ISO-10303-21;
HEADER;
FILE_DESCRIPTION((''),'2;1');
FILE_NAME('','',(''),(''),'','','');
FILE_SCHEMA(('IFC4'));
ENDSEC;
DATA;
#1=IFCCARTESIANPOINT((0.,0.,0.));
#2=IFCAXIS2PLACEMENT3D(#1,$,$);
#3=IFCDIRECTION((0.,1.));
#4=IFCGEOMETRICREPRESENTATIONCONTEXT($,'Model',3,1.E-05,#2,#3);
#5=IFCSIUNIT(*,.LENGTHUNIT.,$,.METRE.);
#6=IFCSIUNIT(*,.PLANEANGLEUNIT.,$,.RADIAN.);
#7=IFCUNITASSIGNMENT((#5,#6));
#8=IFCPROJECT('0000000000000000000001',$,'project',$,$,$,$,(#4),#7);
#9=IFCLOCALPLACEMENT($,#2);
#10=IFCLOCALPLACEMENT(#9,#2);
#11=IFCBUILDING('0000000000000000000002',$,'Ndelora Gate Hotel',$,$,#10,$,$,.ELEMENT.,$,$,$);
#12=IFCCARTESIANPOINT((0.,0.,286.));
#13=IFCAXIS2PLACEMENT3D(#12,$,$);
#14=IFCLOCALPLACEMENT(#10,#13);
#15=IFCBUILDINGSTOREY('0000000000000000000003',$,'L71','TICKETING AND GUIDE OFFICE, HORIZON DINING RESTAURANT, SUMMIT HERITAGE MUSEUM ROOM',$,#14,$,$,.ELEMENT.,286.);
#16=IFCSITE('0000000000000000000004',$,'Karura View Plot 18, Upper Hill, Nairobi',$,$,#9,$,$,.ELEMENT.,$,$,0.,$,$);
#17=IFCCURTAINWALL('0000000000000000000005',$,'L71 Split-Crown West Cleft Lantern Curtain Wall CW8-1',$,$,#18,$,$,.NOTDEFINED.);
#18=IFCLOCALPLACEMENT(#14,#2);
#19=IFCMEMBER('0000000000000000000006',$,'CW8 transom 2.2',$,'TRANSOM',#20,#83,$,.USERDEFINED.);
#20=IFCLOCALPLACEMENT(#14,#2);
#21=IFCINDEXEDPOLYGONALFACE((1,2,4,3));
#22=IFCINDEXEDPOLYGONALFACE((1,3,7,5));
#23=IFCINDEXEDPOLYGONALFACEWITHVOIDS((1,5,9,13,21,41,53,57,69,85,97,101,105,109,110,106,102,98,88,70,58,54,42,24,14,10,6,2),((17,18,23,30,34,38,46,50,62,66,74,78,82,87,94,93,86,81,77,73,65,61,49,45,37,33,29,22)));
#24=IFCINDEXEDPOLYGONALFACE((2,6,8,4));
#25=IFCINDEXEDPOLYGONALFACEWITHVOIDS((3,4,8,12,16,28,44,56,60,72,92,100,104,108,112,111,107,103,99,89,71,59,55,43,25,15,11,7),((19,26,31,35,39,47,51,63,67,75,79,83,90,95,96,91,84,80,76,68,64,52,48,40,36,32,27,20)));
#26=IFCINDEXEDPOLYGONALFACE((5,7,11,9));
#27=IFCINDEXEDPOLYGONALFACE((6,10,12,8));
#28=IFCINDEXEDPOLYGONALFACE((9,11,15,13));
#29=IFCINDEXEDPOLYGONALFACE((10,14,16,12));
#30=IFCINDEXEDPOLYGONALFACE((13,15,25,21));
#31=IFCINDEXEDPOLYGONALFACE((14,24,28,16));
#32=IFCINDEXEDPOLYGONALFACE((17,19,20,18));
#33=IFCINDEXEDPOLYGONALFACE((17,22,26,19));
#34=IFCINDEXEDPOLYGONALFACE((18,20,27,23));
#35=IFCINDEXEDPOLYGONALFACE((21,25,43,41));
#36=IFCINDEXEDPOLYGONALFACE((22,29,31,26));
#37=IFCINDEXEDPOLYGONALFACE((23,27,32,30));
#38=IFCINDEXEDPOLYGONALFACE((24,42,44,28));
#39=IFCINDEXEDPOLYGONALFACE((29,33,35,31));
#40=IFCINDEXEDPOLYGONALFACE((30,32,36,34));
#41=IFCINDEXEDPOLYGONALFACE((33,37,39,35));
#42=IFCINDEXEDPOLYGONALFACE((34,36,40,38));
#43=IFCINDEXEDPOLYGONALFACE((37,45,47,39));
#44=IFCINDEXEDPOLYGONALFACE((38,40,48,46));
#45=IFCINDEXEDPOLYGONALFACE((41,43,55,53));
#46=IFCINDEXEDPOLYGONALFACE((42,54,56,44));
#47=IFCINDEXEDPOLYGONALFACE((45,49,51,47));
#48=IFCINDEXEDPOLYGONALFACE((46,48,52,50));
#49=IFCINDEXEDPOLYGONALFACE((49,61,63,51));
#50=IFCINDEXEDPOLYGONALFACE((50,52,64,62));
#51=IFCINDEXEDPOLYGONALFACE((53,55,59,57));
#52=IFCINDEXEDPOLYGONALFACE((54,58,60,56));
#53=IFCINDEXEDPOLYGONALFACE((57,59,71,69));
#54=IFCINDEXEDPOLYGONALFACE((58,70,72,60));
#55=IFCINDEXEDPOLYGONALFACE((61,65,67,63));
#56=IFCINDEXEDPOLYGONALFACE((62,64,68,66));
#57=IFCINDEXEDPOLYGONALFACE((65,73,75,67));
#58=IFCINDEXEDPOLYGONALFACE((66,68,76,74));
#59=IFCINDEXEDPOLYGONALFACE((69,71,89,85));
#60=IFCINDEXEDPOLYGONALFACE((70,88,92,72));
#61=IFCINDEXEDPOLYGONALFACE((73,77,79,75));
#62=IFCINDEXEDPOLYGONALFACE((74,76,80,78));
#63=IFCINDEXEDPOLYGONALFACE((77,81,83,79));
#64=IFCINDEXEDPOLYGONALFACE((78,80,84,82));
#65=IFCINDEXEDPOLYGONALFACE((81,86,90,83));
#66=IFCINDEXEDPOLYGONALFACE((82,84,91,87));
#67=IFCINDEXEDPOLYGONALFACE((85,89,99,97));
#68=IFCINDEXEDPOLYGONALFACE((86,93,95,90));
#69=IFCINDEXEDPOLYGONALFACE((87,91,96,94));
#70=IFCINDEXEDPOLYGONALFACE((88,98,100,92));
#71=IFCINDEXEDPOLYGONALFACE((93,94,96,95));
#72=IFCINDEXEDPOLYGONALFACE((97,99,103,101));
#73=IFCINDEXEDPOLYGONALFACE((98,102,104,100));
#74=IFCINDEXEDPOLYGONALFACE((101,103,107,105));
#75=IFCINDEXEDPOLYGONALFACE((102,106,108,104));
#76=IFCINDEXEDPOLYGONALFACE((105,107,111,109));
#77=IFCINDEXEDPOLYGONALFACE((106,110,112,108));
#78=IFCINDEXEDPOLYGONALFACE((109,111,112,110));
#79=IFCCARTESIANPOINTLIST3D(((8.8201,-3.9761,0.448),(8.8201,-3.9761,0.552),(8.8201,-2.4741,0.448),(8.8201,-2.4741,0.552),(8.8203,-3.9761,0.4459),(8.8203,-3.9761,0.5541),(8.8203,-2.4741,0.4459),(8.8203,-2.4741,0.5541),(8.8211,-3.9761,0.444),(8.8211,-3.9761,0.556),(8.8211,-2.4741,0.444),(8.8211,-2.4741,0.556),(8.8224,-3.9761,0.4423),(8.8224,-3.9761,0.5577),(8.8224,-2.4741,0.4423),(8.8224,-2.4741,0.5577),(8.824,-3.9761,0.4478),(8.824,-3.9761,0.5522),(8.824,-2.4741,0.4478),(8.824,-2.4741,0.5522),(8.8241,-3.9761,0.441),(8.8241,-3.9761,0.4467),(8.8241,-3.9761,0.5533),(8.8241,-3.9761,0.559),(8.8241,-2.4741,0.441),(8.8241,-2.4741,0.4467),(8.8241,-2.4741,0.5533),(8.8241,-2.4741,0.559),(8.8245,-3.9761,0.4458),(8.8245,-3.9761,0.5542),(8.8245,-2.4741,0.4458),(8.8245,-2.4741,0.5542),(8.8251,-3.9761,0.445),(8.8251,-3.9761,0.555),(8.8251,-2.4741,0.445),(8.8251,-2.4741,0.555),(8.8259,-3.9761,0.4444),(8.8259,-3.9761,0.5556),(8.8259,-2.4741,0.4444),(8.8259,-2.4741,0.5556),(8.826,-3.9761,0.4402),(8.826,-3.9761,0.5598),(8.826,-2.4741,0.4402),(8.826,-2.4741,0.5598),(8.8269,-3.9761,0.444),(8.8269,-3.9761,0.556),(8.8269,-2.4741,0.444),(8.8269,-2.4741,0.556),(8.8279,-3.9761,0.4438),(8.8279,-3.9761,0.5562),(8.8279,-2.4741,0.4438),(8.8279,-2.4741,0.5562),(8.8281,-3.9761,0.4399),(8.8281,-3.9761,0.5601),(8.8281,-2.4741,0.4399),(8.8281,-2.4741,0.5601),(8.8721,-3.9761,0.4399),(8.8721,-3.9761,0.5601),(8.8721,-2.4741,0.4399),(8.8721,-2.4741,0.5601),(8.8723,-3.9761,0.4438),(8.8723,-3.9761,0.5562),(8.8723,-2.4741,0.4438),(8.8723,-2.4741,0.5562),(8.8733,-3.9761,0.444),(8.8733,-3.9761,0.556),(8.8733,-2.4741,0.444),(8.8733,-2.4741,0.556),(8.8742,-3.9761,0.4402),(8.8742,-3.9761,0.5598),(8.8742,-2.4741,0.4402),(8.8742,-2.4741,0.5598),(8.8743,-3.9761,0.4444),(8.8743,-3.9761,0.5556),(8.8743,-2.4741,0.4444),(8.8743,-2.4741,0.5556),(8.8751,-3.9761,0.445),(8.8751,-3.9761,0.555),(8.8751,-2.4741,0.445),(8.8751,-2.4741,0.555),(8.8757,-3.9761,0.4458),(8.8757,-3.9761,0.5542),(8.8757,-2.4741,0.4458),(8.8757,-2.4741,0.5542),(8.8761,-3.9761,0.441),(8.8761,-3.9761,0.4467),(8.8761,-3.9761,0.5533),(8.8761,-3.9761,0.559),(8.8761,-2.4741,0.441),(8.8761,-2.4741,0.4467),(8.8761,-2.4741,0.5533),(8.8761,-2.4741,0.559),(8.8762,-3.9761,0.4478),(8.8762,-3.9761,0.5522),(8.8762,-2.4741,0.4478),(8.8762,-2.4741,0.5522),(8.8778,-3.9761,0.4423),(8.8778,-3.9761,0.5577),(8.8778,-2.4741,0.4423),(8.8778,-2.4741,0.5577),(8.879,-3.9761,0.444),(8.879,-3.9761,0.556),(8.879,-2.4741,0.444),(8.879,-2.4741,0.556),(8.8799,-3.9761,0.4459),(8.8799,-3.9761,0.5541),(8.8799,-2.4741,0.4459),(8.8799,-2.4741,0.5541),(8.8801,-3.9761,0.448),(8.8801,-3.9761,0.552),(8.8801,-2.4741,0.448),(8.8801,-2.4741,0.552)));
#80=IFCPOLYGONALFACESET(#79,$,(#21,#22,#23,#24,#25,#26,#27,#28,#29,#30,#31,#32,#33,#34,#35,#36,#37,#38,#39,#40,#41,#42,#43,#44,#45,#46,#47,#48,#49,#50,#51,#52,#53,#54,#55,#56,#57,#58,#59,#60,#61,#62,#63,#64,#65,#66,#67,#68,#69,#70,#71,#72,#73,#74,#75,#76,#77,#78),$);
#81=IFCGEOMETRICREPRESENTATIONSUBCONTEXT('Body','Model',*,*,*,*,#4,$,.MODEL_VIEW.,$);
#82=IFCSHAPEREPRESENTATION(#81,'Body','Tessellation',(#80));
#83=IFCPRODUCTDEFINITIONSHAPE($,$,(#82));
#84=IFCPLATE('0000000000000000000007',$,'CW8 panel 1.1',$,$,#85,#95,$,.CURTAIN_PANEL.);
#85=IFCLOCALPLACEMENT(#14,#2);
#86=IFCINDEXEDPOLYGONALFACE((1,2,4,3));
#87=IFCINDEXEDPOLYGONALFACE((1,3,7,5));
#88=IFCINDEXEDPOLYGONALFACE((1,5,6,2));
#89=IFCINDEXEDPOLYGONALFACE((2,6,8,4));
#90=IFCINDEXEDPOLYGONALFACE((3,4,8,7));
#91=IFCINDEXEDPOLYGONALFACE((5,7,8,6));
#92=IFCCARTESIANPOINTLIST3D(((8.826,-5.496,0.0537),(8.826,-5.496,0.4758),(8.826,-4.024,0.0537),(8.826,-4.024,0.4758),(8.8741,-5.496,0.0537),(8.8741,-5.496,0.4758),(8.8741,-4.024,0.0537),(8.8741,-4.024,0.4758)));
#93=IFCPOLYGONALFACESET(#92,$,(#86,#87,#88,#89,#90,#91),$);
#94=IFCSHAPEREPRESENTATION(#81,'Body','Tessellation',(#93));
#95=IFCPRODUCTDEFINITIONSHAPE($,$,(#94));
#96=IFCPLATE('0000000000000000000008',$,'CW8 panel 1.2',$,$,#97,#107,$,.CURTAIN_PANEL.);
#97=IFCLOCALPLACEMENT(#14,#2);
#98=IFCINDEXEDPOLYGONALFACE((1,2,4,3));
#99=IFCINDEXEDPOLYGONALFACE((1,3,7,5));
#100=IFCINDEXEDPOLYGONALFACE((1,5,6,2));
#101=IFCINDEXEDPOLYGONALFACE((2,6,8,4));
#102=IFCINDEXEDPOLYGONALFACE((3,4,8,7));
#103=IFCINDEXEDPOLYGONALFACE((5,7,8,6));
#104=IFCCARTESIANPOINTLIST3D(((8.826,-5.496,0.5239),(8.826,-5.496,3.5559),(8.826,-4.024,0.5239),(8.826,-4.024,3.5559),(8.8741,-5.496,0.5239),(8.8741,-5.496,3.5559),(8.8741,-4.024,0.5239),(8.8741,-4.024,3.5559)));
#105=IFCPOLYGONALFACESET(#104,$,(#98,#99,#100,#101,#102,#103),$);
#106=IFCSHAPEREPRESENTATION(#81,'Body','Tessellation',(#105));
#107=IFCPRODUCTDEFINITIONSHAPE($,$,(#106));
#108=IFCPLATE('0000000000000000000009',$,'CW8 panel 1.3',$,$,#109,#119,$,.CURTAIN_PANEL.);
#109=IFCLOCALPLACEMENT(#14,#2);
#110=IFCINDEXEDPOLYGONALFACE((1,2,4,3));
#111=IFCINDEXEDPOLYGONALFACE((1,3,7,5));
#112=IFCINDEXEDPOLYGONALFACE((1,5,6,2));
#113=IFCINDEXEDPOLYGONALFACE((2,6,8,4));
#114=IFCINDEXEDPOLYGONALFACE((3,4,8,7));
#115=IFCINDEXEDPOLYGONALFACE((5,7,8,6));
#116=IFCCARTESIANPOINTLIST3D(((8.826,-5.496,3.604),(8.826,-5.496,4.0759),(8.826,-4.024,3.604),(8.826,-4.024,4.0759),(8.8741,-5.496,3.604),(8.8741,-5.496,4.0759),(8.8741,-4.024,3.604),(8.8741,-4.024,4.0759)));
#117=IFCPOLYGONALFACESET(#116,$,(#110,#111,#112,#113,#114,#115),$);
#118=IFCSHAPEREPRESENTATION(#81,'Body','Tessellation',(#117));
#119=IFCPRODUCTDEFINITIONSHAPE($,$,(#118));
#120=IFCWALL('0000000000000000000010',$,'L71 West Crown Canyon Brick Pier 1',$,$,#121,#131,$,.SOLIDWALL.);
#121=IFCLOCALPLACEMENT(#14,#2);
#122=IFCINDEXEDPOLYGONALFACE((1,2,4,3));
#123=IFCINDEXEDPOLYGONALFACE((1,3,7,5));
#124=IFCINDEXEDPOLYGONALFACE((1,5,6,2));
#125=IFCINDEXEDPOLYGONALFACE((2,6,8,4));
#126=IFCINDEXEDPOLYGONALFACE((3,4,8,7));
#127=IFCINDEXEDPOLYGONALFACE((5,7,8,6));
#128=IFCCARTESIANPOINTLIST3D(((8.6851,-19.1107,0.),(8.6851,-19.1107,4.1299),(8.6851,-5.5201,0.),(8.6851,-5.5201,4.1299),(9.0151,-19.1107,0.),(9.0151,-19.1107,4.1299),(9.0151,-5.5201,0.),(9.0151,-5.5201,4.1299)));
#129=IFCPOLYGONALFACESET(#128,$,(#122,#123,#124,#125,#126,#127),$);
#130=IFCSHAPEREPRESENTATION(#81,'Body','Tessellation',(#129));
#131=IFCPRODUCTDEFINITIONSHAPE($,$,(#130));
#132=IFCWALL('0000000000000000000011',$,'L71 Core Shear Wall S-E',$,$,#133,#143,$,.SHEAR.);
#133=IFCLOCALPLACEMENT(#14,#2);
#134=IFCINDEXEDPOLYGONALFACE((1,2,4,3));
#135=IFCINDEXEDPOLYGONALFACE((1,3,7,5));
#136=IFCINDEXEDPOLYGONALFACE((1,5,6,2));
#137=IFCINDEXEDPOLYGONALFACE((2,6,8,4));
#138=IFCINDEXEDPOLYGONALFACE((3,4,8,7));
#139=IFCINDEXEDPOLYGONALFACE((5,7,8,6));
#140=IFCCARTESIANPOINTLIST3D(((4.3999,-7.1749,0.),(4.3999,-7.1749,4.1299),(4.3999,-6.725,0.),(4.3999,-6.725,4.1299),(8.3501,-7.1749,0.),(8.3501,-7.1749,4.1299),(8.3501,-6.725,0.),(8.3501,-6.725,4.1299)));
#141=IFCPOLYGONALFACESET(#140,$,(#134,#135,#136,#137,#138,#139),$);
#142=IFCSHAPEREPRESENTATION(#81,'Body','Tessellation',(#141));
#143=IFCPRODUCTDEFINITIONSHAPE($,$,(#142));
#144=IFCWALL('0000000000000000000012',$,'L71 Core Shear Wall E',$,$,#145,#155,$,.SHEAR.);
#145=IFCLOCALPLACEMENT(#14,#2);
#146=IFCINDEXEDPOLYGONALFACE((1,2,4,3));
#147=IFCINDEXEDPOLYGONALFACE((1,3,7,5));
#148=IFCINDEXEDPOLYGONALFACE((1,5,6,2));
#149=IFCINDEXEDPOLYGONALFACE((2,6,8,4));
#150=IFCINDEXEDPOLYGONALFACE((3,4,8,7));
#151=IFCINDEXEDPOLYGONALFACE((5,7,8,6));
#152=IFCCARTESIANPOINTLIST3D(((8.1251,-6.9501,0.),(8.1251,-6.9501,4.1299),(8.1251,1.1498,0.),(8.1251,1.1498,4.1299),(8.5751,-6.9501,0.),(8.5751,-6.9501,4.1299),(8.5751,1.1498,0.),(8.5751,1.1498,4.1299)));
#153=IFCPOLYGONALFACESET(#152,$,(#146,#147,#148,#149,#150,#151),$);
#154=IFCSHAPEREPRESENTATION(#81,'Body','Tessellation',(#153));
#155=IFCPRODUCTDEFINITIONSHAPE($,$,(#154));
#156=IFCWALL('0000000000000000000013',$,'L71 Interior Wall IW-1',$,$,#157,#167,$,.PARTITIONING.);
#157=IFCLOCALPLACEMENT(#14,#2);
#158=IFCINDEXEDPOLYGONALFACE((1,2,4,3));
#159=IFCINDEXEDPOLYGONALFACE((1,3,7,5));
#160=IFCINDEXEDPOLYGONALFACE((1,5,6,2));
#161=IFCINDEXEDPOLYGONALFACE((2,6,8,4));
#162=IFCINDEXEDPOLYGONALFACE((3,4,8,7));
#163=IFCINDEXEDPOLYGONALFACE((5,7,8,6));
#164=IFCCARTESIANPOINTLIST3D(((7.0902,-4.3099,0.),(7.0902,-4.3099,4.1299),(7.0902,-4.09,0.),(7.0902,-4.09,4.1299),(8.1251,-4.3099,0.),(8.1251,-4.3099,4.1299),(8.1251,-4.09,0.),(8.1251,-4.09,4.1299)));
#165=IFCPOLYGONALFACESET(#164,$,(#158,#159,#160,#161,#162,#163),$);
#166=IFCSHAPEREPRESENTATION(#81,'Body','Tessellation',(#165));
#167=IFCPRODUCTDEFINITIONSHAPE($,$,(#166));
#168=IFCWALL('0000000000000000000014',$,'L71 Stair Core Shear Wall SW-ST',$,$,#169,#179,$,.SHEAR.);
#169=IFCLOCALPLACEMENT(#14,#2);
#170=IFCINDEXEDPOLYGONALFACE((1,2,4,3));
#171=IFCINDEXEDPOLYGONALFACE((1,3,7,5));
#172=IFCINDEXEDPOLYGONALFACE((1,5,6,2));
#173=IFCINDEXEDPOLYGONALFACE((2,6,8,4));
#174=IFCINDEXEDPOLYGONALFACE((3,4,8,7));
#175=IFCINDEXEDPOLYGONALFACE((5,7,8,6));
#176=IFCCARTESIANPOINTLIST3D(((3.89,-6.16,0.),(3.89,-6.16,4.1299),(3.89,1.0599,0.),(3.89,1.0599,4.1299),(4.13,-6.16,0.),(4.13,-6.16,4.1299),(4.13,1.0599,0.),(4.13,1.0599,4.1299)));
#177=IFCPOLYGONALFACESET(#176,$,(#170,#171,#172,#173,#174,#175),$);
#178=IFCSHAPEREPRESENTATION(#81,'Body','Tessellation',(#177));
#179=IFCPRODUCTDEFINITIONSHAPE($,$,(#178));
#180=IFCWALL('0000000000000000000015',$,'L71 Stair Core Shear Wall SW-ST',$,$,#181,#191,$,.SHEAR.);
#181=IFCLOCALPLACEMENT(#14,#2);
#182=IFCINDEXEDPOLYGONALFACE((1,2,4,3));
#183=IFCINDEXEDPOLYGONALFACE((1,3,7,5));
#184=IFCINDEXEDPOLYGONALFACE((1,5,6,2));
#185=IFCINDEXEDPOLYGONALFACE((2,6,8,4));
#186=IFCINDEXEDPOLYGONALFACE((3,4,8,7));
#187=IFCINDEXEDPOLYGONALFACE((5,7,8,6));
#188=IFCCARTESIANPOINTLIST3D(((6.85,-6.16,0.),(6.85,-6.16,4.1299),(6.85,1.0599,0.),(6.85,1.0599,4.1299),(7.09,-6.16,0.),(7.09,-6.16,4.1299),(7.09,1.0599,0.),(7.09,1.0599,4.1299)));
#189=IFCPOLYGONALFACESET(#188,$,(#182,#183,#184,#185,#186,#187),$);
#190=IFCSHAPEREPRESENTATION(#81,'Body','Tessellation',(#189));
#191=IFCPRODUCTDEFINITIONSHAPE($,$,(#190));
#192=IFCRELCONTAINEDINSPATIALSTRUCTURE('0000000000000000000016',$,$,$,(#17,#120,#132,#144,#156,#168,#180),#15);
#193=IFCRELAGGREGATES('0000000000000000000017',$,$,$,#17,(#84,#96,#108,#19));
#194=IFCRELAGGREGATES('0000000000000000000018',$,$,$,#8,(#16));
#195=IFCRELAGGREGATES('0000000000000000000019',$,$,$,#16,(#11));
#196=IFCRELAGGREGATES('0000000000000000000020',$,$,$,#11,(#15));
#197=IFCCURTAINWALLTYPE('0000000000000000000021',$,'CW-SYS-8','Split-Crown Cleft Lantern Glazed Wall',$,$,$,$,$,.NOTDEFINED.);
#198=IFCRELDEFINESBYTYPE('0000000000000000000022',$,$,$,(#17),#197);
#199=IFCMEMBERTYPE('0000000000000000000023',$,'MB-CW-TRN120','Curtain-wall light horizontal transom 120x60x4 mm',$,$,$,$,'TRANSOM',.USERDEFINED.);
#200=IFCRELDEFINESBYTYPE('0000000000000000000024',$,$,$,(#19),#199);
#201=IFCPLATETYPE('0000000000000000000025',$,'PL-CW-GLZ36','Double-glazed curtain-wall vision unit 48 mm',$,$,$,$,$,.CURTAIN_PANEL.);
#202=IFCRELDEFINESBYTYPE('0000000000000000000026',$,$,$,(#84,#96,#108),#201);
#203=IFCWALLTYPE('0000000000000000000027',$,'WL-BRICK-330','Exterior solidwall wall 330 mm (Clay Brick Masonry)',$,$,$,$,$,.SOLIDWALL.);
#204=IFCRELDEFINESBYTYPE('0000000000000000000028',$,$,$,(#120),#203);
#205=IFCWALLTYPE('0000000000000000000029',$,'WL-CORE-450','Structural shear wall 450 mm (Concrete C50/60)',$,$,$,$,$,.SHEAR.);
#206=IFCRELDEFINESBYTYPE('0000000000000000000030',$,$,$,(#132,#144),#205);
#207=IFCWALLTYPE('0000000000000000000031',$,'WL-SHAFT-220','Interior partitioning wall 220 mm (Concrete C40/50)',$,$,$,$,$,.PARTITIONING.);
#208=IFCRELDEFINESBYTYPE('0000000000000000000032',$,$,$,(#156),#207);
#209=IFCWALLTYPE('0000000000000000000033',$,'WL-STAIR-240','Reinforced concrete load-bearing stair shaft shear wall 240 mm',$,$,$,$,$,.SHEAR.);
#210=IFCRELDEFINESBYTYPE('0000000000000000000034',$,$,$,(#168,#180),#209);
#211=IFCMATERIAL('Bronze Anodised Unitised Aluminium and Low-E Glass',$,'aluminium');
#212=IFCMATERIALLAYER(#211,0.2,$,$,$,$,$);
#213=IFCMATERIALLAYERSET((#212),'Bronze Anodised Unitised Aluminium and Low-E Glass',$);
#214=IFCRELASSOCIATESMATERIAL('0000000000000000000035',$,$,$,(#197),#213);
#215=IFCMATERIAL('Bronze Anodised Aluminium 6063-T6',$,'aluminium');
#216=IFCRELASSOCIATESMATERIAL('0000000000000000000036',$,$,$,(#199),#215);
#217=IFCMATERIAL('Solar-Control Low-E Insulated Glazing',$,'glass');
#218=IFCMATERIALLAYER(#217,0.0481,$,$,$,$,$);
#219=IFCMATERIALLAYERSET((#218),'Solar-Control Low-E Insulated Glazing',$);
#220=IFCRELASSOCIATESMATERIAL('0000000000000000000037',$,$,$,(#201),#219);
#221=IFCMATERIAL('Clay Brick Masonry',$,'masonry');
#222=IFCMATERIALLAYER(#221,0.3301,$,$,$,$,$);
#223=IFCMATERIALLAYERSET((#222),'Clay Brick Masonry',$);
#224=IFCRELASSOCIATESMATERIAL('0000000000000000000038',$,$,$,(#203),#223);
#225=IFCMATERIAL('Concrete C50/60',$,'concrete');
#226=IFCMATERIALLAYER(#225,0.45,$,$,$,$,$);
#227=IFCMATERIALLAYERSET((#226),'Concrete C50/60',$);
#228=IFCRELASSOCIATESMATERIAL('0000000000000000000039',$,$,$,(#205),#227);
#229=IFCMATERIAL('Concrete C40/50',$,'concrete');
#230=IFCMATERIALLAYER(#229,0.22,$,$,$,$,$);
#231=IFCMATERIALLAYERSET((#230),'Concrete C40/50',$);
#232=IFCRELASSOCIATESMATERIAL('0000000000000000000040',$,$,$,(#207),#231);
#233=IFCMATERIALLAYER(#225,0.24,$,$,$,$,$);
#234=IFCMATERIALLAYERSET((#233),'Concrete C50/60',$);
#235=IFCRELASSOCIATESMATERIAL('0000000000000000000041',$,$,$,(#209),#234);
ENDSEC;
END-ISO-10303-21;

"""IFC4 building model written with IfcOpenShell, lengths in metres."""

from ifc_helpers import new_model, si_unit, direction, frame, frame_2d, origin, origin_2d, place, context, subcontext, project, spatial, rectangle, hollow_rectangle, extrude, material, layer, layer_set, material_profile, profile_set, type_object, element, aggregate, save


model = new_model("IFC4")

# Units and contexts
model_context = context("Model", 3, precision=1e-05, world=origin(), true_north=direction((0.0, 1.0)))
body_context = subcontext(model_context, "Body", "Model", "MODEL_VIEW")
ifc_project = project(units=[si_unit("LENGTHUNIT", "METRE"), si_unit("PLANEANGLEUNIT", "RADIAN")], contexts=[model_context])

# Site, building, storey
site_placement = place(None, origin())
site = spatial("IfcSite", under=ifc_project, at=site_placement, Name="Karura View Plot 18, Upper Hill, Nairobi", CompositionType="ELEMENT", RefElevation=0.0)
building_placement = place(site_placement, origin())
building = spatial("IfcBuilding", under=site, at=building_placement, Name="Ndelora Gate Hotel", CompositionType="ELEMENT")
storey_placement = place(building_placement, frame((0.0, 0.0, 286.0)))
storey = spatial("IfcBuildingStorey", under=building, at=storey_placement, Name="L71", Description="TICKETING AND GUIDE OFFICE, HORIZON DINING RESTAURANT, SUMMIT HERITAGE MUSEUM ROOM", CompositionType="ELEMENT", Elevation=286.0)

# Shared definitions
ifc_material_1 = material(Name="Concrete C50/60", Category="concrete")

# Curtain wall, member, plates
ifc_material_2 = material(Name="Bronze Anodised Unitised Aluminium and Low-E Glass", Category="aluminium")
ifc_layer_1 = layer(ifc_material_2, 0.2)
ifc_layer_set_1 = layer_set([ifc_layer_1], Name="Bronze Anodised Unitised Aluminium and Low-E Glass")
curtain_wall_type = type_object("IfcCurtainWallType", Name="CW-SYS-8", Description="Split-Crown Cleft Lantern Glazed Wall", PredefinedType="NOTDEFINED", material=ifc_layer_set_1)
curtain_wall_placement = place(storey_placement, origin())
curtain_wall = element("IfcCurtainWall", 1, at=curtain_wall_placement, inside=storey, type_object=curtain_wall_type, Name="L71 Split-Crown West Cleft Lantern Curtain Wall CW8-1", PredefinedType="NOTDEFINED")
ifc_material_3 = material(Name="Bronze Anodised Aluminium 6063-T6", Category="aluminium")
ifc_material_profile_1 = material_profile(ifc_material_3, hollow_rectangle(XDim=0.0601, YDim=0.1201, WallThickness=0.0039, InnerFilletRadius=0.0039, OuterFilletRadius=0.0081, at=origin_2d()), Name="ALU 120x60x4")
ifc_profile_set_1 = profile_set([ifc_material_profile_1], Name="Bronze Anodised Aluminium 6063-T6")
member_type_1 = type_object("IfcMemberType", Name="MB-CW-TRN120", Description="Curtain-wall light horizontal transom 120x60x4 mm", ElementType="TRANSOM", PredefinedType="USERDEFINED", material=ifc_profile_set_1)
member_1_placement = place(storey_placement, frame((8.8501, -3.9761, 0.5), z_axis=(0.0, 1.0, 0.0), x_axis=(-1.0, 0.0, 0.0)))
member_1 = element("IfcMember", 2, at=member_1_placement, type_object=member_type_1, Name="CW8 transom 2.2", ObjectType="TRANSOM", PredefinedType="USERDEFINED", context=body_context, shape_type="SweptSolid", body=[
    extrude(hollow_rectangle(XDim=0.0601, YDim=0.1201, WallThickness=0.0039, InnerFilletRadius=0.0039, OuterFilletRadius=0.0081, at=origin_2d()), origin(), (0.0, 0.0, 1.0), 1.502),
])
ifc_material_4 = material(Name="Solar-Control Low-E Insulated Glazing", Category="glass")
ifc_layer_2 = layer(ifc_material_4, 0.0481)
ifc_layer_set_2 = layer_set([ifc_layer_2], Name="Solar-Control Low-E Insulated Glazing")
plate_type = type_object("IfcPlateType", Name="PL-CW-GLZ36", Description="Double-glazed curtain-wall vision unit 48 mm", PredefinedType="CURTAIN_PANEL", material=ifc_layer_set_2)
plate_1_placement = place(storey_placement, frame((8.8501, -4.76, 0.0537), z_axis=(0.0, 0.0, 1.0), x_axis=(0.0, 1.0, 0.0)))
plate_1 = element("IfcPlate", 3, at=plate_1_placement, type_object=plate_type, Name="CW8 panel 1.1", PredefinedType="CURTAIN_PANEL", context=body_context, shape_type="SweptSolid", body=[
    extrude(rectangle(XDim=1.4719, YDim=0.0481, at=origin_2d()), origin(), (0.0, 0.0, 1.0), 0.4221),
])
plate_2_placement = place(storey_placement, frame((8.8501, -4.76, 0.5239), z_axis=(0.0, 0.0, 1.0), x_axis=(0.0, 1.0, 0.0)))
plate_2 = element("IfcPlate", 4, at=plate_2_placement, type_object=plate_type, Name="CW8 panel 1.2", PredefinedType="CURTAIN_PANEL", context=body_context, shape_type="SweptSolid", body=[
    extrude(rectangle(XDim=1.4719, YDim=0.0481, at=origin_2d()), origin(), (0.0, 0.0, 1.0), 3.032),
])
plate_3_placement = place(storey_placement, frame((8.8501, -4.76, 3.604), z_axis=(0.0, 0.0, 1.0), x_axis=(0.0, 1.0, 0.0)))
plate_3 = element("IfcPlate", 5, at=plate_3_placement, type_object=plate_type, Name="CW8 panel 1.3", PredefinedType="CURTAIN_PANEL", context=body_context, shape_type="SweptSolid", body=[
    extrude(rectangle(XDim=1.4719, YDim=0.0481, at=origin_2d()), origin(), (0.0, 0.0, 1.0), 0.4719),
])
aggregate(curtain_wall, [plate_1, plate_2, plate_3, member_1])

# Walls
ifc_material_5 = material(Name="Clay Brick Masonry", Category="masonry")
ifc_layer_3 = layer(ifc_material_5, 0.3301)
ifc_layer_set_3 = layer_set([ifc_layer_3], Name="Clay Brick Masonry")
wall_type_1 = type_object("IfcWallType", Name="WL-BRICK-330", Description="Exterior solidwall wall 330 mm (Clay Brick Masonry)", PredefinedType="SOLIDWALL", material=ifc_layer_set_3)
wall_1_placement = place(storey_placement, frame((8.8501, -5.52, 0.0), z_axis=(0.0, 0.0, 1.0), x_axis=(0.0, -1.0, 0.0)))
element("IfcWall", 6, at=wall_1_placement, inside=storey, type_object=wall_type_1, Name="L71 West Crown Canyon Brick Pier 1", PredefinedType="SOLIDWALL", context=body_context, shape_type="SweptSolid", body=[
    extrude(rectangle(XDim=13.5906, YDim=0.3301, at=frame_2d((6.7954, 0.0))), origin(), (0.0, 0.0, 1.0), 4.1299),
])
ifc_layer_4 = layer(ifc_material_1, 0.45)
ifc_layer_set_4 = layer_set([ifc_layer_4], Name="Concrete C50/60")
wall_type_2 = type_object("IfcWallType", Name="WL-CORE-450", Description="Structural shear wall 450 mm (Concrete C50/60)", PredefinedType="SHEAR", material=ifc_layer_set_4)
wall_2_placement = place(storey_placement, frame((4.3999, -6.95, 0.0), z_axis=(0.0, 0.0, 1.0), x_axis=(1.0, 0.0, 0.0)))
element("IfcWall", 7, at=wall_2_placement, inside=storey, type_object=wall_type_2, Name="L71 Core Shear Wall S-E", PredefinedType="SHEAR", context=body_context, shape_type="SweptSolid", body=[
    extrude(rectangle(XDim=3.9502, YDim=0.45, at=frame_2d((1.9751, 0.0))), origin(), (0.0, 0.0, 1.0), 4.1299),
])
wall_3_placement = place(storey_placement, frame((8.3501, -6.95, 0.0), z_axis=(0.0, 0.0, 1.0), x_axis=(0.0, 1.0, 0.0)))
element("IfcWall", 8, at=wall_3_placement, inside=storey, type_object=wall_type_2, Name="L71 Core Shear Wall E", PredefinedType="SHEAR", context=body_context, shape_type="SweptSolid", body=[
    extrude(rectangle(XDim=8.0999, YDim=0.45, at=frame_2d((4.0498, 0.0))), origin(), (0.0, 0.0, 1.0), 4.1299),
])
ifc_material_6 = material(Name="Concrete C40/50", Category="concrete")
ifc_layer_5 = layer(ifc_material_6, 0.22)
ifc_layer_set_5 = layer_set([ifc_layer_5], Name="Concrete C40/50")
wall_type_3 = type_object("IfcWallType", Name="WL-SHAFT-220", Description="Interior partitioning wall 220 mm (Concrete C40/50)", PredefinedType="PARTITIONING", material=ifc_layer_set_5)
wall_4_placement = place(storey_placement, frame((7.0901, -4.2, 0.0), z_axis=(0.0, 0.0, 1.0), x_axis=(1.0, 0.0, 0.0)))
element("IfcWall", 9, at=wall_4_placement, inside=storey, type_object=wall_type_3, Name="L71 Interior Wall IW-1", PredefinedType="PARTITIONING", context=body_context, shape_type="SweptSolid", body=[
    extrude(rectangle(XDim=1.0349, YDim=0.22, at=frame_2d((0.5176, 0.0))), origin(), (0.0, 0.0, 1.0), 4.1299),
])
ifc_layer_6 = layer(ifc_material_1, 0.24)
ifc_layer_set_6 = layer_set([ifc_layer_6], Name="Concrete C50/60")
wall_type_4 = type_object("IfcWallType", Name="WL-STAIR-240", Description="Reinforced concrete load-bearing stair shaft shear wall 240 mm", PredefinedType="SHEAR", material=ifc_layer_set_6)
for number, where, z_axis, x_axis, name in (
    (10, (4.01, -6.1599, 0.0), (0.0, 0.0, 1.0), (0.0, 1.0, 0.0), "L71 Stair Core Shear Wall SW-ST"),
    (11, (6.97, -6.1599, 0.0), (0.0, 0.0, 1.0), (0.0, 1.0, 0.0), "L71 Stair Core Shear Wall SW-ST"),
):
    element("IfcWall", number, at=place(storey_placement, frame(where, z_axis=z_axis, x_axis=x_axis)), inside=storey, type_object=wall_type_4, Name=name, PredefinedType="SHEAR", context=body_context, shape_type="SweptSolid", body=[
        extrude(rectangle(XDim=7.22, YDim=0.24, at=frame_2d((3.6099, 0.0))), origin(), (0.0, 0.0, 1.0), 4.1299),
    ])

save(model, "model.ifc")
